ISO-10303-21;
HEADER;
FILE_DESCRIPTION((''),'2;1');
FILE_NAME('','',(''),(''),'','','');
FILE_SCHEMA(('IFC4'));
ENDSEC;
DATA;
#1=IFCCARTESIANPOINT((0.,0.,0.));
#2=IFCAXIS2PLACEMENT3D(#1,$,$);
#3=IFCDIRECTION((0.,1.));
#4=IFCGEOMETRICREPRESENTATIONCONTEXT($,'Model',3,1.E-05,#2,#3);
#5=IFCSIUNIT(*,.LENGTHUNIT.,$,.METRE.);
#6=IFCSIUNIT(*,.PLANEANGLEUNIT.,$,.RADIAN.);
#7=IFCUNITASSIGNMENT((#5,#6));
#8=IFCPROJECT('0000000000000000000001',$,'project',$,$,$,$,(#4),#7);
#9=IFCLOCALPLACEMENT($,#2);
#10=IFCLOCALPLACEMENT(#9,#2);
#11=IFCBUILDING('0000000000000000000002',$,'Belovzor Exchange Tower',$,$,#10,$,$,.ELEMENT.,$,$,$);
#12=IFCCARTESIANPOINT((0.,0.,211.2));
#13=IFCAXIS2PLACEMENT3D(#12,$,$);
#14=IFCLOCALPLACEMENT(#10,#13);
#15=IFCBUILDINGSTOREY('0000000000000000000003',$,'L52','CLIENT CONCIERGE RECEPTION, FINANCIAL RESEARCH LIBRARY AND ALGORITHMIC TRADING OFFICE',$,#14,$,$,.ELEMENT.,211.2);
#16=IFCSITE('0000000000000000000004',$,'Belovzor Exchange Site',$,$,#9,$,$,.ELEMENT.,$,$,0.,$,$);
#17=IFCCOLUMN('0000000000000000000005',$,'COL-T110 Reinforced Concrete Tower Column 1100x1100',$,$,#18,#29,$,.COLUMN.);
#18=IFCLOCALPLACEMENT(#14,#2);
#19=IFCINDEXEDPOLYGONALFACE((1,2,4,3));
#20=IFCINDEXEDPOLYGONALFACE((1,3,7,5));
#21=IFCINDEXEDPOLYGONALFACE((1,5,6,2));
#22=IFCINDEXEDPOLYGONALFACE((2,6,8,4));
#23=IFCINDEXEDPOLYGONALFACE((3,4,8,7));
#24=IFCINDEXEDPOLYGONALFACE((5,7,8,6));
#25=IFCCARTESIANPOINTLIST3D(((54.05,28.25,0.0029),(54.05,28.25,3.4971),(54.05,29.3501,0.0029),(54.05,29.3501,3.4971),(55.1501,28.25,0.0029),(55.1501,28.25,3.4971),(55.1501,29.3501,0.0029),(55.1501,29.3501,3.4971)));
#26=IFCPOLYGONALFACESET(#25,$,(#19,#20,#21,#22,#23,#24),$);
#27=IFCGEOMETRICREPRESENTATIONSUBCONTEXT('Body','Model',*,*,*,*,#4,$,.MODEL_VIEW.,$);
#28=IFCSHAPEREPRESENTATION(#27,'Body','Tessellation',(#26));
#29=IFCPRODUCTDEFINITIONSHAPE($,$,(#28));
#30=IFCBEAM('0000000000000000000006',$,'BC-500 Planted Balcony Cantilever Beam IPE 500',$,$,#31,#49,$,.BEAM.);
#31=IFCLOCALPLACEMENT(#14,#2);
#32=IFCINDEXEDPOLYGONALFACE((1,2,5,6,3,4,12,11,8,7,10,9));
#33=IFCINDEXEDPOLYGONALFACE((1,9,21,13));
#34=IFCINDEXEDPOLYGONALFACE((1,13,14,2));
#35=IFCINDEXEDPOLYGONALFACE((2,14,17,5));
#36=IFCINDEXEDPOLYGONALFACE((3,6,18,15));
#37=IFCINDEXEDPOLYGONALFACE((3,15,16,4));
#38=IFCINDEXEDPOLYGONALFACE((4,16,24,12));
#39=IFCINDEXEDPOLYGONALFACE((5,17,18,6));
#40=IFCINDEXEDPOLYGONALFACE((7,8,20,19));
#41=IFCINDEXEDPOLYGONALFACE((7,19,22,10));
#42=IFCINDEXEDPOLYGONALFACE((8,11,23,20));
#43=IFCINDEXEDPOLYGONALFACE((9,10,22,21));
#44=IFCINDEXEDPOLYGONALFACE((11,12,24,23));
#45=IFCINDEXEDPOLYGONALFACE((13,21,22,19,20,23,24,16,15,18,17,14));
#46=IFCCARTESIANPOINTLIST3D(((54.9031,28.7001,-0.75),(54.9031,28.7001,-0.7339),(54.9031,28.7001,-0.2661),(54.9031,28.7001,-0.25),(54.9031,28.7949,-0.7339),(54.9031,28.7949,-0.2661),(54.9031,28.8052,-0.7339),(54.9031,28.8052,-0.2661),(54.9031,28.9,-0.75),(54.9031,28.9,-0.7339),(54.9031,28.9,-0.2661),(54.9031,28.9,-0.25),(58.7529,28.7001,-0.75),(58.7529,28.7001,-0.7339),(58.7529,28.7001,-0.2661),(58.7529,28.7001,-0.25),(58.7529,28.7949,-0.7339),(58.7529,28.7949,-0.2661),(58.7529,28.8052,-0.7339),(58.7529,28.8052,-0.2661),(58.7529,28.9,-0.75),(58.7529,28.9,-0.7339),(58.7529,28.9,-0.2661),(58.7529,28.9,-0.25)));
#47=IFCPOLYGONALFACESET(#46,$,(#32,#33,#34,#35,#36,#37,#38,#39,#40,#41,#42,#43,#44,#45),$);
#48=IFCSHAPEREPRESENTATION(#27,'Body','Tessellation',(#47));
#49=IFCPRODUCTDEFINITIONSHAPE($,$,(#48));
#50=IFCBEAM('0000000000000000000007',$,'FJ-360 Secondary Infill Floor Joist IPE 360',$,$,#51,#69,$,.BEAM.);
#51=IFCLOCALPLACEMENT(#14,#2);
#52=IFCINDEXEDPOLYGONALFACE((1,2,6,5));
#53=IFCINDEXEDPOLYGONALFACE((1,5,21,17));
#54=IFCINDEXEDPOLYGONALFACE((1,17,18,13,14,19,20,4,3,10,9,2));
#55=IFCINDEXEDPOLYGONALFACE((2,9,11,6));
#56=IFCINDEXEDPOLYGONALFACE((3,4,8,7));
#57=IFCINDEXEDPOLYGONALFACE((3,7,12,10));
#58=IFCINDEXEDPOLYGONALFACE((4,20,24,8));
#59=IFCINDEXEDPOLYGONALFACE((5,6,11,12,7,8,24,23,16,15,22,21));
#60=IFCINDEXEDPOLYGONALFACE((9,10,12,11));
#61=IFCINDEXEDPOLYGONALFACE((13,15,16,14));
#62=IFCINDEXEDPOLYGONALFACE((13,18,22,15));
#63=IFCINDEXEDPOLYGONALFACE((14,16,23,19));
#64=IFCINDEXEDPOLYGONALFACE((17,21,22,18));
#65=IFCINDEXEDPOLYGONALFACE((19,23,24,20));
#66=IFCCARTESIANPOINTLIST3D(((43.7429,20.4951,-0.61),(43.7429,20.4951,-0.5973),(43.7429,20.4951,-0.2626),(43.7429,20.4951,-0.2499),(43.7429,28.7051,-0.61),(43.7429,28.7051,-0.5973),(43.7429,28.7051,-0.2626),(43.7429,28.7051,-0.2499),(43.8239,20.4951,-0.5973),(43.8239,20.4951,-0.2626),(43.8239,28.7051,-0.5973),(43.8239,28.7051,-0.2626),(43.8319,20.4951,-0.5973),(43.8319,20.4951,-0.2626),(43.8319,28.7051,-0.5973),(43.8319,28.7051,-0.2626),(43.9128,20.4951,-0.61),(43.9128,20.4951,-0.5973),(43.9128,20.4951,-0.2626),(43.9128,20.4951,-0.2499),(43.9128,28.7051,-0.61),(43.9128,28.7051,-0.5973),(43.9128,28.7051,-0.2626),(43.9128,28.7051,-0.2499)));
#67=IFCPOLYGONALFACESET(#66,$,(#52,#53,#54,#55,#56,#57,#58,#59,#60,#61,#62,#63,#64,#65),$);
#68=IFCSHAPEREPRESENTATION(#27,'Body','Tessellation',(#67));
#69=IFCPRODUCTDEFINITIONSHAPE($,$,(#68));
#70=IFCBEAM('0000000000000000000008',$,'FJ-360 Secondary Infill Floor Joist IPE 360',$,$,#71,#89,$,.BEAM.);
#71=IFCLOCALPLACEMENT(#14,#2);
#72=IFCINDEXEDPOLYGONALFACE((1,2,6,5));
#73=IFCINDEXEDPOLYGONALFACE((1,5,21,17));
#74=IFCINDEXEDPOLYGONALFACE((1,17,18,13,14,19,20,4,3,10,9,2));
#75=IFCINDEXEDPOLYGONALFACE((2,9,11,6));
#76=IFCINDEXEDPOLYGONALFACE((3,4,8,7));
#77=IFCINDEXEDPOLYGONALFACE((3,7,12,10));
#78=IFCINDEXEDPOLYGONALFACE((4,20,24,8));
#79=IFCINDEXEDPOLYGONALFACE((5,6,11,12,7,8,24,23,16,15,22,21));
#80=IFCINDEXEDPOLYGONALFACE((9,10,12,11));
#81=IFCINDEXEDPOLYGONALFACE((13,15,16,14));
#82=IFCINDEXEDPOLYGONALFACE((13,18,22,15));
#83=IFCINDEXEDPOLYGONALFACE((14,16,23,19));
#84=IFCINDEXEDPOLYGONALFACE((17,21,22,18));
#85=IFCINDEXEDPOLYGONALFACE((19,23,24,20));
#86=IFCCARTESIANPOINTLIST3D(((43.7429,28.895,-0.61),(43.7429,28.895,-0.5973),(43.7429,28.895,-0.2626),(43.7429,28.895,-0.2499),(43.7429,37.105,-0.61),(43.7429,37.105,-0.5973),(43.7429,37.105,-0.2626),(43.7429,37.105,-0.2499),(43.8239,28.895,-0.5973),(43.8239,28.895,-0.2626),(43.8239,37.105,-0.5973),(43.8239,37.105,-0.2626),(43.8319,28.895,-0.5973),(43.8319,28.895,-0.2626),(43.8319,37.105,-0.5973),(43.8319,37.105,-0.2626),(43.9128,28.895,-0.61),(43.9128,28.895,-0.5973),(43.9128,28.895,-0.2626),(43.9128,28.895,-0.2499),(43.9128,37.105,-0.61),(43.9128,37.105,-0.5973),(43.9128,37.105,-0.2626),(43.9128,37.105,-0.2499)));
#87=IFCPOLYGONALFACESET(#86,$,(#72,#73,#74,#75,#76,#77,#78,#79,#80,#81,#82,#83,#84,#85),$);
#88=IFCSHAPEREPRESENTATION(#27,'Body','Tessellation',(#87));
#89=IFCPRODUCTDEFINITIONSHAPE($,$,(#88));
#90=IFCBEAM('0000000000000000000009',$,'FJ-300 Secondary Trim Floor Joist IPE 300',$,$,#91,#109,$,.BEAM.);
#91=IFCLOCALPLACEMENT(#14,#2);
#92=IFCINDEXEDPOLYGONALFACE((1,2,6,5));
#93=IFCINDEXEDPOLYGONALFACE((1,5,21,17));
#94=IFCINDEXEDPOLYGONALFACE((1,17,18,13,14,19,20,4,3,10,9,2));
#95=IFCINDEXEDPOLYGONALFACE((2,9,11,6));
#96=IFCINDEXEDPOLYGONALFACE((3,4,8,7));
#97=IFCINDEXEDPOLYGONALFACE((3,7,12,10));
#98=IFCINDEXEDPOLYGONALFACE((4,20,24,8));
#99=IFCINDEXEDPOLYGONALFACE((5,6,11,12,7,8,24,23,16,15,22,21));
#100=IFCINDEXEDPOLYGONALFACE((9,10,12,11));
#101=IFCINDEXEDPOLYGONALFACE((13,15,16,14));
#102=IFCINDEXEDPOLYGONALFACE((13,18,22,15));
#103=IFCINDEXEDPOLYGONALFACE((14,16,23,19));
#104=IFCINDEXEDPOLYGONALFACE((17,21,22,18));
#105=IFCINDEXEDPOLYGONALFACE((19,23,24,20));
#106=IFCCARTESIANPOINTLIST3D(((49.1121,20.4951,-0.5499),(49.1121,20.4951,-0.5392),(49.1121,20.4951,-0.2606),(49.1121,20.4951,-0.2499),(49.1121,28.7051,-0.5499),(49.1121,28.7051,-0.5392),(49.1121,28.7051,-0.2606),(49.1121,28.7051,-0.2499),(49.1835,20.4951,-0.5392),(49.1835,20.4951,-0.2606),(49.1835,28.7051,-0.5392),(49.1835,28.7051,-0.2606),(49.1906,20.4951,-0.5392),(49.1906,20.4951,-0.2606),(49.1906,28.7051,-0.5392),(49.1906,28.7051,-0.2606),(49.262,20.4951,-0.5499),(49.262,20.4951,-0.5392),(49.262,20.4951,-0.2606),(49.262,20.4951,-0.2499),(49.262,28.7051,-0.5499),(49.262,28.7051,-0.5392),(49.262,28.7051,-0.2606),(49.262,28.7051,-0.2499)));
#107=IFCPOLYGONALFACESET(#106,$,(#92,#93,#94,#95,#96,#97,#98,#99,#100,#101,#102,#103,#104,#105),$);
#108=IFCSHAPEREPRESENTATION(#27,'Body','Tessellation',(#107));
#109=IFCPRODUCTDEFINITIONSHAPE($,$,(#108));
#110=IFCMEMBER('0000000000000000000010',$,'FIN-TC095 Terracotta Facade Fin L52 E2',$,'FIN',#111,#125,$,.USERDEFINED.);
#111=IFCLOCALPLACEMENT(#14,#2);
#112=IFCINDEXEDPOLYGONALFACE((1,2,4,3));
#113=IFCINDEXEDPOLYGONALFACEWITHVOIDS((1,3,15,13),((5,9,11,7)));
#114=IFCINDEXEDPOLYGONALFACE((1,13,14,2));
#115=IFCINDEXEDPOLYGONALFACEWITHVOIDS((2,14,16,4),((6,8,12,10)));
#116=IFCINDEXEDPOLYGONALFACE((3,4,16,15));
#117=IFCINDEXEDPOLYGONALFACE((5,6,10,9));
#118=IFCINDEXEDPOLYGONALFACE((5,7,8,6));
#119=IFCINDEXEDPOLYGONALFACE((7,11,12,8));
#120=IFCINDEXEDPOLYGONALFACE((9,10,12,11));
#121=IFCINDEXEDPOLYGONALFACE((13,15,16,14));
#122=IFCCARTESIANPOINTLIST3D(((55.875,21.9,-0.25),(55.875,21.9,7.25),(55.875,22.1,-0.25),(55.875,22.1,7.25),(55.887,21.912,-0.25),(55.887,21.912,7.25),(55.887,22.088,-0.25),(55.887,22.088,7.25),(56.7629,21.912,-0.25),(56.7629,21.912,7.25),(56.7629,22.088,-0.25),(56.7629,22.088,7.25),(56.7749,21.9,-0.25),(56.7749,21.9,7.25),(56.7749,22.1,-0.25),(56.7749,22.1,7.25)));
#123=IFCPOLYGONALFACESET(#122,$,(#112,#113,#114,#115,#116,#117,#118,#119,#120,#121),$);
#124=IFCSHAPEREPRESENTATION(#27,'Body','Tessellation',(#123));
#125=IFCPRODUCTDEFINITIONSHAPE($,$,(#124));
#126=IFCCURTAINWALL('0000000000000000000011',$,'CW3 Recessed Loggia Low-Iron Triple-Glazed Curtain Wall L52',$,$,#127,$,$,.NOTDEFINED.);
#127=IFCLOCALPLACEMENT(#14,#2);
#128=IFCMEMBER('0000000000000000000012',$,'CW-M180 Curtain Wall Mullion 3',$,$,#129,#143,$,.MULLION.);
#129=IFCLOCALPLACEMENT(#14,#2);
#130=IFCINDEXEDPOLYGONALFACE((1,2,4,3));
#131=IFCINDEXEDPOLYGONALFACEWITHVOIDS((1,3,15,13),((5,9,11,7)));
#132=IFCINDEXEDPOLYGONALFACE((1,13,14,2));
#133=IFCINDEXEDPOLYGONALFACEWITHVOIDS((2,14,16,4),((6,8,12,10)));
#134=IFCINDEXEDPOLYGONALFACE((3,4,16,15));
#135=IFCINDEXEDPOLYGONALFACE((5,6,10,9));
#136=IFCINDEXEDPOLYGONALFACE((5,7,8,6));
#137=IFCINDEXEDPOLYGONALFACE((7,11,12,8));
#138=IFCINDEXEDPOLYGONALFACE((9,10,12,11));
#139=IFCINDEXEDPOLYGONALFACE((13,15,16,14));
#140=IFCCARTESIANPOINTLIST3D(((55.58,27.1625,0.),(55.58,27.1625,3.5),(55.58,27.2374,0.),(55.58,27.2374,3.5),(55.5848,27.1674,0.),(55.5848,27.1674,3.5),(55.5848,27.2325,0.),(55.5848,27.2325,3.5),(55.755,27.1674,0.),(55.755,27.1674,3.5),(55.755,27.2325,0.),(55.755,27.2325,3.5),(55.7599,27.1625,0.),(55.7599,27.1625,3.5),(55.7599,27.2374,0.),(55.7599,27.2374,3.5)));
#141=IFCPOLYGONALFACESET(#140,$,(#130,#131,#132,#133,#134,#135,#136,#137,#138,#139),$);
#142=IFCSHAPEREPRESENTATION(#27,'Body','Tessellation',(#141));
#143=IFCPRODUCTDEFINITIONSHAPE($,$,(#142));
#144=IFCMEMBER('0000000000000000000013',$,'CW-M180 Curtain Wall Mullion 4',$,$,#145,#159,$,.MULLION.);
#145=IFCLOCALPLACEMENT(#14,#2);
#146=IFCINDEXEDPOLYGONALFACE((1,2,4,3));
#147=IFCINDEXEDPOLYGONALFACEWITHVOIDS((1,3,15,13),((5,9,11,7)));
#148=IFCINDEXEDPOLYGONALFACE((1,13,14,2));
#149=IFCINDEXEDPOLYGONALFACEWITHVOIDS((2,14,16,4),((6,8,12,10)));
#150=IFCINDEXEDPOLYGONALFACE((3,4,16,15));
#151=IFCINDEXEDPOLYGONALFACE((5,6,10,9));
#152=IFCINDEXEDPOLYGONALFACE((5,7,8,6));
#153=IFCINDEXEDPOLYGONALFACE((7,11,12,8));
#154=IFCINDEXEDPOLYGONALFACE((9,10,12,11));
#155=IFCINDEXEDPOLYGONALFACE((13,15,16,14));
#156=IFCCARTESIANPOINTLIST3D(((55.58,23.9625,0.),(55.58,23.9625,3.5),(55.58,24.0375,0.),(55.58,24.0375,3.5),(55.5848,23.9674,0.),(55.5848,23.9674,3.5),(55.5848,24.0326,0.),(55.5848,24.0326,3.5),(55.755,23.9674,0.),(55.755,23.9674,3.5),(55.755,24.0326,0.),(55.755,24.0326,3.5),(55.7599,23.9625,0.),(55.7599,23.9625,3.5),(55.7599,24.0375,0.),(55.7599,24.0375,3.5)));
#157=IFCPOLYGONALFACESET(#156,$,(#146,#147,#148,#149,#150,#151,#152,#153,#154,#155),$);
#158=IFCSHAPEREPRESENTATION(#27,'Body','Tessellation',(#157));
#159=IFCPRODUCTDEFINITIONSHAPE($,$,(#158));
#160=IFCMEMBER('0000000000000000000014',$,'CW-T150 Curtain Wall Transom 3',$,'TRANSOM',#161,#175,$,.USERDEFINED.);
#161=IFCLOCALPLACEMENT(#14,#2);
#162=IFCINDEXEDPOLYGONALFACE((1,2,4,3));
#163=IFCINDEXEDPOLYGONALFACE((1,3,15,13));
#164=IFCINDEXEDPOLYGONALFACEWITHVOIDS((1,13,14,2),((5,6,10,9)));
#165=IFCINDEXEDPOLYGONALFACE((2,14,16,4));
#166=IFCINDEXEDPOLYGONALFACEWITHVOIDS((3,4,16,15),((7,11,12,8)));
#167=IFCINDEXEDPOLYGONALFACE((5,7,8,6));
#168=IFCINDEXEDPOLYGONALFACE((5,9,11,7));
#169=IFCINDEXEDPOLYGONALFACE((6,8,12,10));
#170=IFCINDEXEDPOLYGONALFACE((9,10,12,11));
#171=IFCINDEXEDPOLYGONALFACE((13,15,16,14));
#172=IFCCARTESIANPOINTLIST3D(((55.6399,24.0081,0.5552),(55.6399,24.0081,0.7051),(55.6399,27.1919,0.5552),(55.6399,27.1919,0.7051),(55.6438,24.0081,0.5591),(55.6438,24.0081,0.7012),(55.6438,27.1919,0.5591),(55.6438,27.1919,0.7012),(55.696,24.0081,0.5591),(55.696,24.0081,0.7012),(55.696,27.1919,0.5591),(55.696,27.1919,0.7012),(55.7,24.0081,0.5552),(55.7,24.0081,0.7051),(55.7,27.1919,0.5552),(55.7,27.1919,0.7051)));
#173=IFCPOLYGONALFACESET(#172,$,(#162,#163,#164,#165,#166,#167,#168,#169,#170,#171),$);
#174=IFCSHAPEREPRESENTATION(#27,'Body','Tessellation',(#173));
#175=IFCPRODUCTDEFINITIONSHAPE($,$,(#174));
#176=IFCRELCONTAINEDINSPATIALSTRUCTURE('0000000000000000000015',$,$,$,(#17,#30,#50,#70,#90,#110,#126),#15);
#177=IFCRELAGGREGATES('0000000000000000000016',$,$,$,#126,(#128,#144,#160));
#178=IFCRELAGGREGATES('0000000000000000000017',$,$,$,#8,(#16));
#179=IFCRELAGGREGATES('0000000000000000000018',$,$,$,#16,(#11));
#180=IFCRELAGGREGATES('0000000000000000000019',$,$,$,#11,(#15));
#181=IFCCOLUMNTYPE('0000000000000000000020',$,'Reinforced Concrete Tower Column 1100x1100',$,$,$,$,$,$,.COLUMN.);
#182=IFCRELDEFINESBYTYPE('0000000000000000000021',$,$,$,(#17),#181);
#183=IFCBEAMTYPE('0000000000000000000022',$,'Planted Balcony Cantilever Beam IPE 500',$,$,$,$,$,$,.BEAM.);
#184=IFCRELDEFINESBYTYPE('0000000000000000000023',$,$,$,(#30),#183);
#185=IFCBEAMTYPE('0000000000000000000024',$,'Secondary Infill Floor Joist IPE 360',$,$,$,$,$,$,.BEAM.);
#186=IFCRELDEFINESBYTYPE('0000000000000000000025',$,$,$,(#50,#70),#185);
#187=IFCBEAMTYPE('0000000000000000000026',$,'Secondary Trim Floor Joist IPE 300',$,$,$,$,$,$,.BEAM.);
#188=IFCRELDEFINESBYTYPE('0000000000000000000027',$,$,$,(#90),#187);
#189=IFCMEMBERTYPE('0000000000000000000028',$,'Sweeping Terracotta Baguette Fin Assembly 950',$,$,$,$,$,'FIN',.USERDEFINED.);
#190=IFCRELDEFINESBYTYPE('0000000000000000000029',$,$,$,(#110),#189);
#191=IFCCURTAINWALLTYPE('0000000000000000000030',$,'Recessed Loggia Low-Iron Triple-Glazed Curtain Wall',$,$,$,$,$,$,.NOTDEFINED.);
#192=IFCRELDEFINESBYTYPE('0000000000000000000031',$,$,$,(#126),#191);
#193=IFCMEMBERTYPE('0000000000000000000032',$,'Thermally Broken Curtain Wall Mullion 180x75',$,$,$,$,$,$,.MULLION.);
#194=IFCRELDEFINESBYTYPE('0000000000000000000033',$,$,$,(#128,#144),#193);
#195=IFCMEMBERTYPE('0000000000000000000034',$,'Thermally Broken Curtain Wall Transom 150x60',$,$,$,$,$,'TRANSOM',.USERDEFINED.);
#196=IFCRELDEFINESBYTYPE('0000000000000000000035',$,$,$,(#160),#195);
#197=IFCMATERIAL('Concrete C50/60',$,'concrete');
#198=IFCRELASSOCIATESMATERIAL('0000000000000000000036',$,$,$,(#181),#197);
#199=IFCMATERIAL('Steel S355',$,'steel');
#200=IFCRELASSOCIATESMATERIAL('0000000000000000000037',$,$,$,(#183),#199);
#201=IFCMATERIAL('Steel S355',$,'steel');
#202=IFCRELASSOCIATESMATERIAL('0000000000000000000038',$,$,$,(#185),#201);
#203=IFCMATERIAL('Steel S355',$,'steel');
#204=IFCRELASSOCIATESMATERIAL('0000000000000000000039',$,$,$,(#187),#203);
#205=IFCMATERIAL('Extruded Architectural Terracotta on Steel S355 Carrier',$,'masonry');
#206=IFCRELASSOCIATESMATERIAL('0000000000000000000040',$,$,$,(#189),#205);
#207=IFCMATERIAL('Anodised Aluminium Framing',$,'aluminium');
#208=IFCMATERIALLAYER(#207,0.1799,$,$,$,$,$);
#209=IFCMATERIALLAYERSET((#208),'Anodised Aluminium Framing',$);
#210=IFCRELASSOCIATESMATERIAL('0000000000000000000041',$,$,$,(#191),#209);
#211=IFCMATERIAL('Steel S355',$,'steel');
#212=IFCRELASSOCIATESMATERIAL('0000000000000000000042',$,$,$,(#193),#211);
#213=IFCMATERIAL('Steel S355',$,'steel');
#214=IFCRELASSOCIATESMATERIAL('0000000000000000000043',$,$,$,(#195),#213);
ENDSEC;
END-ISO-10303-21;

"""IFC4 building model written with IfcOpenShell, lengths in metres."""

from ifc_helpers import new_model, si_unit, direction, frame, origin, origin_2d, place, context, subcontext, project, spatial, rectangle, hollow_rectangle, i_section, extrude, material, layer, layer_set, material_profile, profile_set, type_object, element, aggregate, save


model = new_model("IFC4")

# Units and contexts
model_context = context("Model", 3, precision=1e-05, world=origin(), true_north=direction((0.0, 1.0)))
body_context = subcontext(model_context, "Body", "Model", "MODEL_VIEW")
ifc_project = project(units=[si_unit("LENGTHUNIT", "METRE"), si_unit("PLANEANGLEUNIT", "RADIAN")], contexts=[model_context])

# Site, building, storey
site_placement = place(None, origin())
site = spatial("IfcSite", under=ifc_project, at=site_placement, Name="Belovzor Exchange Site", CompositionType="ELEMENT", RefElevation=0.0)
building_placement = place(site_placement, origin())
building = spatial("IfcBuilding", under=site, at=building_placement, Name="Belovzor Exchange Tower", CompositionType="ELEMENT")
storey_placement = place(building_placement, frame((0.0, 0.0, 211.2)))
storey = spatial("IfcBuildingStorey", under=building, at=storey_placement, Name="L52", Description="CLIENT CONCIERGE RECEPTION, FINANCIAL RESEARCH LIBRARY AND ALGORITHMIC TRADING OFFICE", CompositionType="ELEMENT", Elevation=211.2)

# Column
ifc_material_1 = material(Name="Concrete C50/60", Category="concrete")
ifc_material_profile_1 = material_profile(ifc_material_1, rectangle(XDim=1.1001, YDim=1.1001, at=origin_2d()))
ifc_profile_set_1 = profile_set([ifc_material_profile_1], Name="Concrete C50/60")
column_type = type_object("IfcColumnType", Name="Reinforced Concrete Tower Column 1100x1100", PredefinedType="COLUMN", material=ifc_profile_set_1)
column_placement = place(storey_placement, frame((54.6001, 28.8, 0.0029), z_axis=(0.0, 0.0, 1.0), x_axis=(1.0, 0.0, 0.0)))
element("IfcColumn", 1, at=column_placement, inside=storey, type_object=column_type, Name="COL-T110 Reinforced Concrete Tower Column 1100x1100", PredefinedType="COLUMN", context=body_context, shape_type="SweptSolid", body=[
    extrude(rectangle(XDim=1.1001, YDim=1.1001, at=origin_2d()), origin(), (0.0, 0.0, 1.0), 3.4941),
])

# Beams
ifc_material_2 = material(Name="Steel S355", Category="steel")
ifc_material_profile_2 = material_profile(ifc_material_2, i_section(OverallWidth=0.2, OverallDepth=0.5, WebThickness=0.0103, FlangeThickness=0.0161, at=origin_2d()))
ifc_profile_set_2 = profile_set([ifc_material_profile_2], Name="Steel S355")
beam_type_1 = type_object("IfcBeamType", Name="Planted Balcony Cantilever Beam IPE 500", PredefinedType="BEAM", material=ifc_profile_set_2)
beam_1_placement = place(storey_placement, frame((54.9031, 28.8, -0.5), z_axis=(1.0, 0.0, 0.0), x_axis=(0.0, 1.0, 0.0)))
element("IfcBeam", 2, at=beam_1_placement, inside=storey, type_object=beam_type_1, Name="BC-500 Planted Balcony Cantilever Beam IPE 500", PredefinedType="BEAM", context=body_context, shape_type="SweptSolid", body=[
    extrude(i_section(OverallWidth=0.2, OverallDepth=0.5, WebThickness=0.0103, FlangeThickness=0.0161, at=origin_2d()), origin(), (0.0, 0.0, 1.0), 3.8499),
])
ifc_material_3 = material(Name="Steel S355", Category="steel")
ifc_material_profile_3 = material_profile(ifc_material_3, i_section(OverallWidth=0.1699, OverallDepth=0.3601, WebThickness=0.0081, FlangeThickness=0.0127, at=origin_2d()))
ifc_profile_set_3 = profile_set([ifc_material_profile_3], Name="Steel S355")
beam_type_2 = type_object("IfcBeamType", Name="Secondary Infill Floor Joist IPE 360", PredefinedType="BEAM", material=ifc_profile_set_3)
for number, where, z_axis, x_axis, name in (
    (3, (43.8279, 20.4951, -0.4299), (0.0, 1.0, 0.0), (-1.0, 0.0, 0.0), "FJ-360 Secondary Infill Floor Joist IPE 360"),
    (4, (43.8279, 28.895, -0.4299), (0.0, 1.0, 0.0), (-1.0, 0.0, 0.0), "FJ-360 Secondary Infill Floor Joist IPE 360"),
):
    element("IfcBeam", number, at=place(storey_placement, frame(where, z_axis=z_axis, x_axis=x_axis)), inside=storey, type_object=beam_type_2, Name=name, PredefinedType="BEAM", context=body_context, shape_type="SweptSolid", body=[
        extrude(i_section(OverallWidth=0.1699, OverallDepth=0.3601, WebThickness=0.0081, FlangeThickness=0.0127, at=origin_2d()), origin(), (0.0, 0.0, 1.0), 8.21),
    ])
ifc_material_4 = material(Name="Steel S355", Category="steel")
ifc_material_profile_4 = material_profile(ifc_material_4, i_section(OverallWidth=0.1499, OverallDepth=0.3, WebThickness=0.0071, FlangeThickness=0.0107, at=origin_2d()))
ifc_profile_set_4 = profile_set([ifc_material_profile_4], Name="Steel S355")
beam_type_3 = type_object("IfcBeamType", Name="Secondary Trim Floor Joist IPE 300", PredefinedType="BEAM", material=ifc_profile_set_4)
beam_2_placement = place(storey_placement, frame((49.187, 20.4951, -0.3999), z_axis=(0.0, 1.0, 0.0), x_axis=(-1.0, 0.0, 0.0)))
element("IfcBeam", 5, at=beam_2_placement, inside=storey, type_object=beam_type_3, Name="FJ-300 Secondary Trim Floor Joist IPE 300", PredefinedType="BEAM", context=body_context, shape_type="SweptSolid", body=[
    extrude(i_section(OverallWidth=0.1499, OverallDepth=0.3, WebThickness=0.0071, FlangeThickness=0.0107, at=origin_2d()), origin(), (0.0, 0.0, 1.0), 8.21),
])

# Member
ifc_material_5 = material(Name="Extruded Architectural Terracotta on Steel S355 Carrier", Category="masonry")
ifc_material_profile_5 = material_profile(ifc_material_5, hollow_rectangle(XDim=0.2, YDim=0.8999, WallThickness=0.012, at=origin_2d()))
ifc_profile_set_5 = profile_set([ifc_material_profile_5], Name="Extruded Architectural Terracotta on Steel S355 Carrier")
member_type_1 = type_object("IfcMemberType", Name="Sweeping Terracotta Baguette Fin Assembly 950", ElementType="FIN", PredefinedType="USERDEFINED", material=ifc_profile_set_5)
member_1_placement = place(storey_placement, frame((56.325, 22.0, -0.25), z_axis=(0.0, 0.0, 1.0), x_axis=(0.0, 1.0, 0.0)))
element("IfcMember", 6, at=member_1_placement, inside=storey, type_object=member_type_1, Name="FIN-TC095 Terracotta Facade Fin L52 E2", ObjectType="FIN", PredefinedType="USERDEFINED", context=body_context, shape_type="SweptSolid", body=[
    extrude(hollow_rectangle(XDim=0.2, YDim=0.8999, WallThickness=0.012, at=origin_2d()), origin(), (0.0, 0.0, 1.0), 7.5),
])

# Curtain wall, members
ifc_material_6 = material(Name="Anodised Aluminium Framing", Category="aluminium")
ifc_layer_1 = layer(ifc_material_6, 0.1799)
ifc_layer_set_1 = layer_set([ifc_layer_1], Name="Anodised Aluminium Framing")
curtain_wall_type = type_object("IfcCurtainWallType", Name="Recessed Loggia Low-Iron Triple-Glazed Curtain Wall", PredefinedType="NOTDEFINED", material=ifc_layer_set_1)
curtain_wall_placement = place(storey_placement, origin())
curtain_wall = element("IfcCurtainWall", 7, at=curtain_wall_placement, inside=storey, type_object=curtain_wall_type, Name="CW3 Recessed Loggia Low-Iron Triple-Glazed Curtain Wall L52", PredefinedType="NOTDEFINED")
ifc_material_7 = material(Name="Steel S355", Category="steel")
ifc_material_profile_6 = material_profile(ifc_material_7, hollow_rectangle(XDim=0.075, YDim=0.1799, WallThickness=0.0049, at=origin_2d()))
ifc_profile_set_6 = profile_set([ifc_material_profile_6], Name="Steel S355")
member_type_2 = type_object("IfcMemberType", Name="Thermally Broken Curtain Wall Mullion 180x75", PredefinedType="MULLION", material=ifc_profile_set_6)
member_2_placement = place(storey_placement, frame((55.6699, 27.2, 0.0), z_axis=(0.0, 0.0, 1.0), x_axis=(0.0, -1.0, 0.0)))
member_2 = element("IfcMember", 8, at=member_2_placement, type_object=member_type_2, Name="CW-M180 Curtain Wall Mullion 3", PredefinedType="MULLION", context=body_context, shape_type="SweptSolid", body=[
    extrude(hollow_rectangle(XDim=0.075, YDim=0.1799, WallThickness=0.0049, at=origin_2d()), origin(), (0.0, 0.0, 1.0), 3.5),
])
member_3_placement = place(storey_placement, frame((55.6699, 24.0, 0.0), z_axis=(0.0, 0.0, 1.0), x_axis=(0.0, -1.0, 0.0)))
member_3 = element("IfcMember", 9, at=member_3_placement, type_object=member_type_2, Name="CW-M180 Curtain Wall Mullion 4", PredefinedType="MULLION", context=body_context, shape_type="SweptSolid", body=[
    extrude(hollow_rectangle(XDim=0.075, YDim=0.1799, WallThickness=0.0049, at=origin_2d()), origin(), (0.0, 0.0, 1.0), 3.5),
])
ifc_material_8 = material(Name="Steel S355", Category="steel")
ifc_material_profile_7 = material_profile(ifc_material_8, hollow_rectangle(XDim=0.0601, YDim=0.1499, WallThickness=0.0039, at=origin_2d()))
ifc_profile_set_7 = profile_set([ifc_material_profile_7], Name="Steel S355")
member_type_3 = type_object("IfcMemberType", Name="Thermally Broken Curtain Wall Transom 150x60", ElementType="TRANSOM", PredefinedType="USERDEFINED", material=ifc_profile_set_7)
member_4_placement = place(storey_placement, frame((55.6699, 27.1919, 0.6301), z_axis=(0.0, -1.0, 0.0), x_axis=(1.0, 0.0, 0.0)))
member_4 = element("IfcMember", 10, at=member_4_placement, type_object=member_type_3, Name="CW-T150 Curtain Wall Transom 3", ObjectType="TRANSOM", PredefinedType="USERDEFINED", context=body_context, shape_type="SweptSolid", body=[
    extrude(hollow_rectangle(XDim=0.0601, YDim=0.1499, WallThickness=0.0039, at=origin_2d()), origin(), (0.0, 0.0, 1.0), 3.1838),
])

aggregate(curtain_wall, [member_2, member_3, member_4])

save(model, "model.ifc")
